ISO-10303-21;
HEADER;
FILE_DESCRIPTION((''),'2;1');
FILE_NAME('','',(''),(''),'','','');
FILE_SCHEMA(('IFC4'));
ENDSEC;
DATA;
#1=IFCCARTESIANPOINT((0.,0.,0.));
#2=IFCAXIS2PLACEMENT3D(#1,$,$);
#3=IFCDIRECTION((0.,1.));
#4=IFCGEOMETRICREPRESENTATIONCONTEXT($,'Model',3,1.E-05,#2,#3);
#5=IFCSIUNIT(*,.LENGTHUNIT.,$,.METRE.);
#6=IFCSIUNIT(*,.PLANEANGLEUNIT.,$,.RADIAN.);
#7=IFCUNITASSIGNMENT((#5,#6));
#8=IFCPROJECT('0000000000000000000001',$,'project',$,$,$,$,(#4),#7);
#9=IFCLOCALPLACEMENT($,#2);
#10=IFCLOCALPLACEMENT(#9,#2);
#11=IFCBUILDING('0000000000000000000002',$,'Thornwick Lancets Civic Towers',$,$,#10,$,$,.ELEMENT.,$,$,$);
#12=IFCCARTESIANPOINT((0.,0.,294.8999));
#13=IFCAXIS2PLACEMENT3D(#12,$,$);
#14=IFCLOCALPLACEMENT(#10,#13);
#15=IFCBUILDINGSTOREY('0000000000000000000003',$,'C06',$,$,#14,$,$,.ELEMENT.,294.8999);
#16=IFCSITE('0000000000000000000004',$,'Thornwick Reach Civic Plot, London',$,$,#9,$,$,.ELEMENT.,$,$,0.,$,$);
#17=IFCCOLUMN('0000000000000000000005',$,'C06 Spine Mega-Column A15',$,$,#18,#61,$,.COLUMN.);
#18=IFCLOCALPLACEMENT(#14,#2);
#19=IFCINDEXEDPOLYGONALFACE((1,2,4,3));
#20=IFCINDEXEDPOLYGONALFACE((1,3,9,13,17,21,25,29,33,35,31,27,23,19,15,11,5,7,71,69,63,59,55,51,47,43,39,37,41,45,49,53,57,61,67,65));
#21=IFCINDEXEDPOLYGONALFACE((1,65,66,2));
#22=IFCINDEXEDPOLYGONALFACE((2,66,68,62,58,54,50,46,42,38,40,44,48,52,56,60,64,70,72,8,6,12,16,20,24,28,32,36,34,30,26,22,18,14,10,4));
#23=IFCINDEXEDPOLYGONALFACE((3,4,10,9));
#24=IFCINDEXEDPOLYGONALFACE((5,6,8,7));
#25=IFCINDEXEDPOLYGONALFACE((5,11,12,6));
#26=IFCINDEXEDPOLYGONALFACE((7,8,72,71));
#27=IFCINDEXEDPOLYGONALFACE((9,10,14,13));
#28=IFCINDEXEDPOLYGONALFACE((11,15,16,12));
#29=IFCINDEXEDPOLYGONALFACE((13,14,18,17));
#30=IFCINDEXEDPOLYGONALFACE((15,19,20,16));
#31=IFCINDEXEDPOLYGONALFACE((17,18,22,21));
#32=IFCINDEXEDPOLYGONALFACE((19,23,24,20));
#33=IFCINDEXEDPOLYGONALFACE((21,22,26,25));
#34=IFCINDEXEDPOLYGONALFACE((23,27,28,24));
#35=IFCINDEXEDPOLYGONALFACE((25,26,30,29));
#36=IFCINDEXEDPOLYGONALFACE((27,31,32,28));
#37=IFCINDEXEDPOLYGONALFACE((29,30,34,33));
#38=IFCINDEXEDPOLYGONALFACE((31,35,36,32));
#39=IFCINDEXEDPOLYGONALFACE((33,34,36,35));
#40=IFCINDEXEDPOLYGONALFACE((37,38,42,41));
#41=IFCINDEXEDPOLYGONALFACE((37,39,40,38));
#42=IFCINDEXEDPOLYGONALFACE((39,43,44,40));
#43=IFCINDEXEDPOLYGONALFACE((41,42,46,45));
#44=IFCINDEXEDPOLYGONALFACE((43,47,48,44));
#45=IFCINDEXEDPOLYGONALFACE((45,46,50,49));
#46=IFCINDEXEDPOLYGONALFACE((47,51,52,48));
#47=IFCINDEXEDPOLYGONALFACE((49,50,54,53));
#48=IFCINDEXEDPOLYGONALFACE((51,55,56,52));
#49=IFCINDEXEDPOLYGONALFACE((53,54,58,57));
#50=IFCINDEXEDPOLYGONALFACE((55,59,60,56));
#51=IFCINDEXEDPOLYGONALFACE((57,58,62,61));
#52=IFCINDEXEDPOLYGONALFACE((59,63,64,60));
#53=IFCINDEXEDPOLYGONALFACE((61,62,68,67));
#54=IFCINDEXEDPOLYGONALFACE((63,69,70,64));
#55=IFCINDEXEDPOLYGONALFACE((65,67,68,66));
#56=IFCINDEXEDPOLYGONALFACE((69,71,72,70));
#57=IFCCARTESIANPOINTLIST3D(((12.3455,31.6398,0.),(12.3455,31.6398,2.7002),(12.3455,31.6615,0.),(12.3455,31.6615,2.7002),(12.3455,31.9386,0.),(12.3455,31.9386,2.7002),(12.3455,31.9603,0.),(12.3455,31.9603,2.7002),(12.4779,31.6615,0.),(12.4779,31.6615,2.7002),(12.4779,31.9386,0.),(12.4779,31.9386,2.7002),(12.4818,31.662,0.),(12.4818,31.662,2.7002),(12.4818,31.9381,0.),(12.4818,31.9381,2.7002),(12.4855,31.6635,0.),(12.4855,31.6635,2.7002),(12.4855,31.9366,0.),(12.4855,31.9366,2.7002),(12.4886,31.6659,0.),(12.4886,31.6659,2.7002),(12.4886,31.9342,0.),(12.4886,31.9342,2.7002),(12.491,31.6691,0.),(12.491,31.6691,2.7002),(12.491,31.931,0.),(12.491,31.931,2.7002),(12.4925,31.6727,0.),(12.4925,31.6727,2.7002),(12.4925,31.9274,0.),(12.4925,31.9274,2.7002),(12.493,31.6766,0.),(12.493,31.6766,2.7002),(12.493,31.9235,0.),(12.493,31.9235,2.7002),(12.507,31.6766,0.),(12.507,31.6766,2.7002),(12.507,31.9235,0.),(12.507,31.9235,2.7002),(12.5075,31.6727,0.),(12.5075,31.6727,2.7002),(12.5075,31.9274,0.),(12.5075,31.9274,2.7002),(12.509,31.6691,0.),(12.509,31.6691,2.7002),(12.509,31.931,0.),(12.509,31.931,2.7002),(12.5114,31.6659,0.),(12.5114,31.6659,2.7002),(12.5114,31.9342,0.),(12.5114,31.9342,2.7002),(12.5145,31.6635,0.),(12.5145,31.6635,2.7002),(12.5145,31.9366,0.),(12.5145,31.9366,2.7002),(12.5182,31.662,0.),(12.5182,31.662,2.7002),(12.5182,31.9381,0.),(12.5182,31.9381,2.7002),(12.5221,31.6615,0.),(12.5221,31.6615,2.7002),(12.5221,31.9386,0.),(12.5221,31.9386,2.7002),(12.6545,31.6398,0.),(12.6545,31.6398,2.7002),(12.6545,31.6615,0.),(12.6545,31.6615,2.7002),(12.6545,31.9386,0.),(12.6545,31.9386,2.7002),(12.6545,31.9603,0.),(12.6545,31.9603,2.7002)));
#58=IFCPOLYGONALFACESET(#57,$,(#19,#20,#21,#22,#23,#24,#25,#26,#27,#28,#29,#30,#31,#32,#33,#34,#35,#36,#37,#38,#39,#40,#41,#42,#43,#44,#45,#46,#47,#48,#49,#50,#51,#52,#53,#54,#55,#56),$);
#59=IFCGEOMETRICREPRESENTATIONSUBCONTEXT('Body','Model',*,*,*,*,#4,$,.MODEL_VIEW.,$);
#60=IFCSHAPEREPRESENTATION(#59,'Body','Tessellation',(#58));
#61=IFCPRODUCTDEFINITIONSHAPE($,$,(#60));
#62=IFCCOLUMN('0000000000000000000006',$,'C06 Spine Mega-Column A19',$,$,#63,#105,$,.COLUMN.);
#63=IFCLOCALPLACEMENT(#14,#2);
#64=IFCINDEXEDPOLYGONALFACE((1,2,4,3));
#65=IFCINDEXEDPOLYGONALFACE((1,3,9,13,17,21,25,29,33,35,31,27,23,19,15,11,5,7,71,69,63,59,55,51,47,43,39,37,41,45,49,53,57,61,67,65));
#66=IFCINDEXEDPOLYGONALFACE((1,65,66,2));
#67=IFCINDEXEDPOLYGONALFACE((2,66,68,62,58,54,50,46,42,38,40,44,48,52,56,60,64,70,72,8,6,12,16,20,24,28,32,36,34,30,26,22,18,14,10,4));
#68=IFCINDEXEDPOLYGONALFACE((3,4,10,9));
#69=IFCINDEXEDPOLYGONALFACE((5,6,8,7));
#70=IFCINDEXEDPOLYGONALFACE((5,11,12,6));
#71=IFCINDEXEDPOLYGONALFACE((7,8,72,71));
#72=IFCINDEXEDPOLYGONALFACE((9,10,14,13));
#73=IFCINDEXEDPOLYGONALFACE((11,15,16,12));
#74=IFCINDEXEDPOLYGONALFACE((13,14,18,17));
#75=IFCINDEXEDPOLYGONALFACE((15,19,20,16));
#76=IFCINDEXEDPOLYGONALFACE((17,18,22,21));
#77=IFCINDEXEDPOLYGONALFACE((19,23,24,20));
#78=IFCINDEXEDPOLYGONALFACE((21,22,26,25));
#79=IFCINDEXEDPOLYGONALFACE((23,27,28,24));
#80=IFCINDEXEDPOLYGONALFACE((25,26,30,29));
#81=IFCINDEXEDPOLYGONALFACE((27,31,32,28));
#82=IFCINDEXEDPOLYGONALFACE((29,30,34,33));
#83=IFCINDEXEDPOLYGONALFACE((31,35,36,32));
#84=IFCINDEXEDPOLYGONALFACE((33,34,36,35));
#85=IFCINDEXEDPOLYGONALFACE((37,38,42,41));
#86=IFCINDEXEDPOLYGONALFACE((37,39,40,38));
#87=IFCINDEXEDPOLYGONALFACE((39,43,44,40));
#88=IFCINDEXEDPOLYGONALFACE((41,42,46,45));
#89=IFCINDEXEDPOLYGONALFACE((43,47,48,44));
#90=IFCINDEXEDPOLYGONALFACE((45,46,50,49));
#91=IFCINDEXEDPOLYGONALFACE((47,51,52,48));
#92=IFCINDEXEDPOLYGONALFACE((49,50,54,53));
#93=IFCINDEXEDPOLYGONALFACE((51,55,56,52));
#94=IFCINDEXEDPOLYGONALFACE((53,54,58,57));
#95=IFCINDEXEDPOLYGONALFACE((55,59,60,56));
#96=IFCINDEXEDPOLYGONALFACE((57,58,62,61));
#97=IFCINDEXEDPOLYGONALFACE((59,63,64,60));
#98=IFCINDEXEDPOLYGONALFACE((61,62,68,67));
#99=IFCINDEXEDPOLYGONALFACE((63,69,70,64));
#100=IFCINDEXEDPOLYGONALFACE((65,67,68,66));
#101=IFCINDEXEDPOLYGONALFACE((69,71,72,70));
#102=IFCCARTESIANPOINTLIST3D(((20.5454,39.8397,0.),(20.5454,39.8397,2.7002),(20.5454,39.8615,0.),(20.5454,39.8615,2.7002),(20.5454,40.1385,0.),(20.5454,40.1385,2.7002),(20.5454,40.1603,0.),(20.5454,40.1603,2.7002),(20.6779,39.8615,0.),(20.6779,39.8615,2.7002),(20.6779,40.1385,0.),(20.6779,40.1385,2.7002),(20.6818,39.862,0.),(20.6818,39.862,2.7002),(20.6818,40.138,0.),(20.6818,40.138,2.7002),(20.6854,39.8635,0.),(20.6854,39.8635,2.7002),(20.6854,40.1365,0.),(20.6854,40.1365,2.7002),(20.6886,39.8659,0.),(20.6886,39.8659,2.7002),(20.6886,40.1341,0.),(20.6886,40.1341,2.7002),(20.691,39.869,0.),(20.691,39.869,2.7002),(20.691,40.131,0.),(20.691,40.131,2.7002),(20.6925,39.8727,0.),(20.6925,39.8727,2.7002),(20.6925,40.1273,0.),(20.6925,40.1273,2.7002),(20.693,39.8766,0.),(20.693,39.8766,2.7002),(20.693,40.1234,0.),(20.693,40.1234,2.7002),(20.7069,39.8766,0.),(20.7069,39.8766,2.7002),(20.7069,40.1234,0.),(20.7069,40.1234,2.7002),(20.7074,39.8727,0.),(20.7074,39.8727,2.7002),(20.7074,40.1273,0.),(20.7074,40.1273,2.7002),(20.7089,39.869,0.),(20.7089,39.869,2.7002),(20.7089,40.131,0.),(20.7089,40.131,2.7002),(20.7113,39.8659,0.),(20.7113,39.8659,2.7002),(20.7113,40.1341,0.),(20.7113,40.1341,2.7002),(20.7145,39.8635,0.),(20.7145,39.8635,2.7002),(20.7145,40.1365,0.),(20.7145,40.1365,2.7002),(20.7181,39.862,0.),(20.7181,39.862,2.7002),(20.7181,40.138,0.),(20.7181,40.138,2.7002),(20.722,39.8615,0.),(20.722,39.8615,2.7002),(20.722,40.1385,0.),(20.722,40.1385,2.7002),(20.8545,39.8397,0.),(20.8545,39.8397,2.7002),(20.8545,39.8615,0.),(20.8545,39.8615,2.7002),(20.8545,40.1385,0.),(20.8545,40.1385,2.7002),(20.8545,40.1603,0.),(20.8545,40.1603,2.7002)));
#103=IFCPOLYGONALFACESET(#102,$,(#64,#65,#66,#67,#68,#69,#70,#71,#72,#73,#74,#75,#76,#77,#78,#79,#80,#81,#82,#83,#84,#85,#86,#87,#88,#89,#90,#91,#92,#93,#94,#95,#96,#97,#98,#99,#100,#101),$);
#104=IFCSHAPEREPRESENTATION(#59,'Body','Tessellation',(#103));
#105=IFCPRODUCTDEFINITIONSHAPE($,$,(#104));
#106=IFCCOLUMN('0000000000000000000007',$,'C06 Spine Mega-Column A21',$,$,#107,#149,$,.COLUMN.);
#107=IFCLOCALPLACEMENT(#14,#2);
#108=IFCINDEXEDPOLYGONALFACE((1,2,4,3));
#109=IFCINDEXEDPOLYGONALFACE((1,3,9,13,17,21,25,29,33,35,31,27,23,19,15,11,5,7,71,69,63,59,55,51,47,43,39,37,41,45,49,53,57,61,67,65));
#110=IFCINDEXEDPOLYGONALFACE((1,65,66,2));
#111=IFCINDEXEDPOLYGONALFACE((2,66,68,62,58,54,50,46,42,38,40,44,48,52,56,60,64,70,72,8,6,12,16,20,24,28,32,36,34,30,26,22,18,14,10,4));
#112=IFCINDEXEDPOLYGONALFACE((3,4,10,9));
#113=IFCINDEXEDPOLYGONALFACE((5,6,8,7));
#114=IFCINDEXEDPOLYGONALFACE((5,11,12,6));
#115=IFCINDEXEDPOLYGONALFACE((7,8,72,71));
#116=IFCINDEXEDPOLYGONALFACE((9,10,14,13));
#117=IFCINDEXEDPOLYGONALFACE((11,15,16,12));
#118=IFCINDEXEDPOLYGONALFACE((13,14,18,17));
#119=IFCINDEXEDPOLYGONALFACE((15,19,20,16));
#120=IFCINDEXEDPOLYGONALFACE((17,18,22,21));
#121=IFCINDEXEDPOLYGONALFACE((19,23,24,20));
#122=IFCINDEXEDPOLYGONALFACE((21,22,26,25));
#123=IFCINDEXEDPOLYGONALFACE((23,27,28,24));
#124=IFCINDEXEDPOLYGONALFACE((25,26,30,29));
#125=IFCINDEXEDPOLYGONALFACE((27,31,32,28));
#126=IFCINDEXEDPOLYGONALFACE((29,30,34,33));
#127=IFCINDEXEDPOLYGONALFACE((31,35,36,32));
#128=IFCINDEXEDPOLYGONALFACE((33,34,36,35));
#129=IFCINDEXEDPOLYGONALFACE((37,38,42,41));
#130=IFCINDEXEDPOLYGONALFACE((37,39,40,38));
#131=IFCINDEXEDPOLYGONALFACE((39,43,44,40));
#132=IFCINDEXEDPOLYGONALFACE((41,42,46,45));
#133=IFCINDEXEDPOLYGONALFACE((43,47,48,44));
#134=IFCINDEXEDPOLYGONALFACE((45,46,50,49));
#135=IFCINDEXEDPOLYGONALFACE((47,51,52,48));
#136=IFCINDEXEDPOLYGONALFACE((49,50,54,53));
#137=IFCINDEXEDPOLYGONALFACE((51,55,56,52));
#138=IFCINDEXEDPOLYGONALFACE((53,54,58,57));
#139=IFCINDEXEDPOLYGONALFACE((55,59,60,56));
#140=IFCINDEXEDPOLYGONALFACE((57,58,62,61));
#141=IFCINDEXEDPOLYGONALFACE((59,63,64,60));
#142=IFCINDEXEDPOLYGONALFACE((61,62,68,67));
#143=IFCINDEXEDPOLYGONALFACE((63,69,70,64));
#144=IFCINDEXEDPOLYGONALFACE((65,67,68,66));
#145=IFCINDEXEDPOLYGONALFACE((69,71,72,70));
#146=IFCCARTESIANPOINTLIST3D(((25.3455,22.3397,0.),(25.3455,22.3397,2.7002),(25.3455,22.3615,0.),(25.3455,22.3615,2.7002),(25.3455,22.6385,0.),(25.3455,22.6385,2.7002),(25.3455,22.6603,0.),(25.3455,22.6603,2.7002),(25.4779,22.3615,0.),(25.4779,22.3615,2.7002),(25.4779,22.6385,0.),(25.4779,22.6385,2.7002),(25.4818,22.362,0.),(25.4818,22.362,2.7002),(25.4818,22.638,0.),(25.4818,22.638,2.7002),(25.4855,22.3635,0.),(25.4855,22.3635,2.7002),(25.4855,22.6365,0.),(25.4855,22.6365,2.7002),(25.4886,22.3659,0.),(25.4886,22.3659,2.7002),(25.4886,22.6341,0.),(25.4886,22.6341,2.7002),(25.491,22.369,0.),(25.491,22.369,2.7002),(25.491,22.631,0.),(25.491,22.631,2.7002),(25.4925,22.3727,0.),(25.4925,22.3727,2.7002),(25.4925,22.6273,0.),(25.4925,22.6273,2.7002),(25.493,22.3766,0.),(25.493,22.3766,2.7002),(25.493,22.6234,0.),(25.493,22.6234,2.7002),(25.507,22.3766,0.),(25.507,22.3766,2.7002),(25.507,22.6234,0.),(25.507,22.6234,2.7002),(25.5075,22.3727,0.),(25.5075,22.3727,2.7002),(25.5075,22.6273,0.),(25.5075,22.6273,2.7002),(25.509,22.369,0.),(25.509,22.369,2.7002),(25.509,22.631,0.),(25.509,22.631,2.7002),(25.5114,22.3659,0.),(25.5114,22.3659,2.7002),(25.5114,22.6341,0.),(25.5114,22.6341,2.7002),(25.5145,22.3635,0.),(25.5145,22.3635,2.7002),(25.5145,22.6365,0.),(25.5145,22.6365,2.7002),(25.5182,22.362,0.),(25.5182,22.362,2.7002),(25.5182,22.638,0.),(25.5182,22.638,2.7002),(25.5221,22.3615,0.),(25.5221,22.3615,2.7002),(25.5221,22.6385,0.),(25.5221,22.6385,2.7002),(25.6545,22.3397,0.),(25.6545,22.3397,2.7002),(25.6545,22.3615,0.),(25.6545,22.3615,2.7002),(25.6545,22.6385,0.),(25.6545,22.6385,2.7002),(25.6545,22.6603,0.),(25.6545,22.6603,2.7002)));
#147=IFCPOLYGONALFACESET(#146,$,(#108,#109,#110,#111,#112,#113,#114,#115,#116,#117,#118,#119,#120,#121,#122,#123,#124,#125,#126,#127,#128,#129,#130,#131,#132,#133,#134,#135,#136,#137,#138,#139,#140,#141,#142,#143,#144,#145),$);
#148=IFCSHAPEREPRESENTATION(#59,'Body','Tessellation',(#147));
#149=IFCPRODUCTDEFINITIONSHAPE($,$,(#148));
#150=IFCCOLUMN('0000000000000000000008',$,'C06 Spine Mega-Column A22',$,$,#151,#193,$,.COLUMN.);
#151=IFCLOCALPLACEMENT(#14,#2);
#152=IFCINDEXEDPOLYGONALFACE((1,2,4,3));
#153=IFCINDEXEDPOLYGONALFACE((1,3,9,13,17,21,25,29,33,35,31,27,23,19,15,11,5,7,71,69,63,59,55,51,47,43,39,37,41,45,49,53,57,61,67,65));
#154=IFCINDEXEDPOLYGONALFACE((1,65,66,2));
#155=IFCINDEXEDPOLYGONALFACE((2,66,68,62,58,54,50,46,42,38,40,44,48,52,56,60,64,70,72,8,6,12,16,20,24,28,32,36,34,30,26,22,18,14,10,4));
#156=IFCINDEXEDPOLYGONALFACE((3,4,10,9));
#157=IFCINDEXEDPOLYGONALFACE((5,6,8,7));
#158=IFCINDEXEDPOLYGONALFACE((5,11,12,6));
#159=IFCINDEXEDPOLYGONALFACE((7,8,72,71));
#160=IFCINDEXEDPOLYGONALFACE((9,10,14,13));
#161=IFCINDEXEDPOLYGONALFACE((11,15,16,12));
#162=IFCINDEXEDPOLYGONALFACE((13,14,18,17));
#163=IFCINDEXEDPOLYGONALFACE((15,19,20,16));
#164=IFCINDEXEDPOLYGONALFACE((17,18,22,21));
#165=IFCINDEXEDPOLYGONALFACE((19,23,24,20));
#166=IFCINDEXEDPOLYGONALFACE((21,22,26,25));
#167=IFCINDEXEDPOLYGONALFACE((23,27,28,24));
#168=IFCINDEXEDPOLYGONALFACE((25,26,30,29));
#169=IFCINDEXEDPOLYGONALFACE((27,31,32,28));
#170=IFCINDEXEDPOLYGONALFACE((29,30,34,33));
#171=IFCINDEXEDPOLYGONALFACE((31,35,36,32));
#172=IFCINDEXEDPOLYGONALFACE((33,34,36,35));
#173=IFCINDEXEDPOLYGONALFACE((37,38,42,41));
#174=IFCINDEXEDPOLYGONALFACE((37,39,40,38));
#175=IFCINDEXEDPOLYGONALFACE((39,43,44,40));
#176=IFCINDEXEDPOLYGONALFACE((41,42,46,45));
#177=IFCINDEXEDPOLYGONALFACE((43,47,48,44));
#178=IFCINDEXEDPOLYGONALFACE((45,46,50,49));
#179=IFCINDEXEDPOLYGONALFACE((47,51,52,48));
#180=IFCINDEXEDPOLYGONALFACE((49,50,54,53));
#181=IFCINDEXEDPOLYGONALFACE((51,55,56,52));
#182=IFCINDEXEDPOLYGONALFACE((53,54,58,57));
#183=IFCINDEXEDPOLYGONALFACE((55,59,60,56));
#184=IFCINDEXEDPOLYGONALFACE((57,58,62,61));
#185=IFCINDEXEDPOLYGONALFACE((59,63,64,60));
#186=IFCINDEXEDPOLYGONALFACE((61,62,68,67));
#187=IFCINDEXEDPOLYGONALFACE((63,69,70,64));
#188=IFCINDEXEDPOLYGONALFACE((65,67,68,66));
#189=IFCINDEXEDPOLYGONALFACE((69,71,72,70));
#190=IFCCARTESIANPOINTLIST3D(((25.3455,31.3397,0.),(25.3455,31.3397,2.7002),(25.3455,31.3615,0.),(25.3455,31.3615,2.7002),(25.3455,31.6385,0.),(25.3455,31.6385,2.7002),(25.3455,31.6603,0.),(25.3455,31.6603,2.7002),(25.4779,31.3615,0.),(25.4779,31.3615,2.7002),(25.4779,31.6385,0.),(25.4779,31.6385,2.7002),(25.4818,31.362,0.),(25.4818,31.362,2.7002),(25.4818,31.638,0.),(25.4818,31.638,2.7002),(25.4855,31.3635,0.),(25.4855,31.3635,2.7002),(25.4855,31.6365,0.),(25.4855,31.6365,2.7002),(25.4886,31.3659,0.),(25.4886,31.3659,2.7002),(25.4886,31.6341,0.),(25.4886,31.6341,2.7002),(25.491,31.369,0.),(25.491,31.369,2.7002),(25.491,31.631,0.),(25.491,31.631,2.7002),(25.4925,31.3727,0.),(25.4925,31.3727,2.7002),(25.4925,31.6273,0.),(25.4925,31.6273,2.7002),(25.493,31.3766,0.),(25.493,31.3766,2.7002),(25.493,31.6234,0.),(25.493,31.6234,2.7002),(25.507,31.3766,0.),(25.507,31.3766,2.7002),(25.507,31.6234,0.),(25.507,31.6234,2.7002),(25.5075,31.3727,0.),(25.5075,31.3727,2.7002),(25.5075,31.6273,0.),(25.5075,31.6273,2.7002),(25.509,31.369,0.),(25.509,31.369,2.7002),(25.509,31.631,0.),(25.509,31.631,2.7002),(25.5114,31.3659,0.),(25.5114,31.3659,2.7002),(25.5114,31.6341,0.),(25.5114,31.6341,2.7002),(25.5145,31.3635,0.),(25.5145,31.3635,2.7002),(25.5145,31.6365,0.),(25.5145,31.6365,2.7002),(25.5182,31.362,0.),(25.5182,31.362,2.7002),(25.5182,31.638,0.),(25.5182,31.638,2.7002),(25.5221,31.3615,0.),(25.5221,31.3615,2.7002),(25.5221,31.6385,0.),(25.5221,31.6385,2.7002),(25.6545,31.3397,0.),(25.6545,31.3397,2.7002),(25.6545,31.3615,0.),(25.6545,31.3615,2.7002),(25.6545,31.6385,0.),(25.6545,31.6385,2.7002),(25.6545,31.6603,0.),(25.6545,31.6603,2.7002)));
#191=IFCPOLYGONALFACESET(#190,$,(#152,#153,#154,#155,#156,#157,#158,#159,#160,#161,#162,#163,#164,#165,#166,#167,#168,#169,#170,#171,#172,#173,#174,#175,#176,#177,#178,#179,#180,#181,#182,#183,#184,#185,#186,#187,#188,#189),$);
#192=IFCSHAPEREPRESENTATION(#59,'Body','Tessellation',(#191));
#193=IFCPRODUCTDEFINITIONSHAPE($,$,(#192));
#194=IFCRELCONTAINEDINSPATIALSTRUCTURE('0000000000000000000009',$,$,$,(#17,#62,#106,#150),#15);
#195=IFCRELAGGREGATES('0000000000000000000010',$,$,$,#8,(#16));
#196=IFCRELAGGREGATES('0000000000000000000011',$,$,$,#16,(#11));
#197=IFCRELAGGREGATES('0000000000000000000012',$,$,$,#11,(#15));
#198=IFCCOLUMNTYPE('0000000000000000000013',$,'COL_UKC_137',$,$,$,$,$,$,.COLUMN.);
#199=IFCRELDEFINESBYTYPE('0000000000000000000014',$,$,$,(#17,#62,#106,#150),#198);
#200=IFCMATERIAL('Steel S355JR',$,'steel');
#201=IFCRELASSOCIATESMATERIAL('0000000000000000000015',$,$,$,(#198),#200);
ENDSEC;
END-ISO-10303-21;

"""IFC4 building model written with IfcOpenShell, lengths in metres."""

from ifc_helpers import new_model, si_unit, direction, frame, origin, origin_2d, place, context, subcontext, project, spatial, i_section, extrude, material, material_profile, profile_set, type_object, element, save


model = new_model("IFC4")

# Units and contexts
model_context = context("Model", 3, precision=1e-05, world=origin(), true_north=direction((0.0, 1.0)))
body_context = subcontext(model_context, "Body", "Model", "MODEL_VIEW")
ifc_project = project(units=[si_unit("LENGTHUNIT", "METRE"), si_unit("PLANEANGLEUNIT", "RADIAN")], contexts=[model_context])

# Site, building, storey
site_placement = place(None, origin())
site = spatial("IfcSite", under=ifc_project, at=site_placement, Name="Thornwick Reach Civic Plot, London", CompositionType="ELEMENT", RefElevation=0.0)
building_placement = place(site_placement, origin())
building = spatial("IfcBuilding", under=site, at=building_placement, Name="Thornwick Lancets Civic Towers", CompositionType="ELEMENT")
storey_placement = place(building_placement, frame((0.0, 0.0, 294.8999)))
storey = spatial("IfcBuildingStorey", under=building, at=storey_placement, Name="C06", CompositionType="ELEMENT", Elevation=294.8999)

# Columns
ifc_material_1 = material(Name="Steel S355JR", Category="steel")
ifc_material_profile_1 = material_profile(ifc_material_1, i_section(OverallWidth=0.3091, OverallDepth=0.3206, WebThickness=0.0139, FlangeThickness=0.0217, FilletRadius=0.0151, at=origin_2d()), Name="UKC 305x305x137")
ifc_profile_set_1 = profile_set([ifc_material_profile_1], Name="Steel S355JR")
column_type = type_object("IfcColumnType", Name="COL_UKC_137", PredefinedType="COLUMN", material=ifc_profile_set_1)
for number, where, z_axis, x_axis, name in (
    (1, (12.5, 31.8, 0.0), (0.0, 0.0, 1.0), (1.0, 0.0, 0.0), "C06 Spine Mega-Column A15"),
    (2, (20.7, 40.0, 0.0), (0.0, 0.0, 1.0), (1.0, 0.0, 0.0), "C06 Spine Mega-Column A19"),
    (3, (25.5, 22.5, 0.0), (0.0, 0.0, 1.0), (1.0, 0.0, 0.0), "C06 Spine Mega-Column A21"),
    (4, (25.5, 31.5, 0.0), (0.0, 0.0, 1.0), (1.0, 0.0, 0.0), "C06 Spine Mega-Column A22"),
):
    element("IfcColumn", number, at=place(storey_placement, frame(where, z_axis=z_axis, x_axis=x_axis)), inside=storey, type_object=column_type, Name=name, PredefinedType="COLUMN", context=body_context, shape_type="SweptSolid", body=[
        extrude(i_section(OverallWidth=0.3091, OverallDepth=0.3206, WebThickness=0.0139, FlangeThickness=0.0217, FilletRadius=0.0151, at=origin_2d()), origin(), (0.0, 0.0, 1.0), 2.7002),
    ])

save(model, "model.ifc")
